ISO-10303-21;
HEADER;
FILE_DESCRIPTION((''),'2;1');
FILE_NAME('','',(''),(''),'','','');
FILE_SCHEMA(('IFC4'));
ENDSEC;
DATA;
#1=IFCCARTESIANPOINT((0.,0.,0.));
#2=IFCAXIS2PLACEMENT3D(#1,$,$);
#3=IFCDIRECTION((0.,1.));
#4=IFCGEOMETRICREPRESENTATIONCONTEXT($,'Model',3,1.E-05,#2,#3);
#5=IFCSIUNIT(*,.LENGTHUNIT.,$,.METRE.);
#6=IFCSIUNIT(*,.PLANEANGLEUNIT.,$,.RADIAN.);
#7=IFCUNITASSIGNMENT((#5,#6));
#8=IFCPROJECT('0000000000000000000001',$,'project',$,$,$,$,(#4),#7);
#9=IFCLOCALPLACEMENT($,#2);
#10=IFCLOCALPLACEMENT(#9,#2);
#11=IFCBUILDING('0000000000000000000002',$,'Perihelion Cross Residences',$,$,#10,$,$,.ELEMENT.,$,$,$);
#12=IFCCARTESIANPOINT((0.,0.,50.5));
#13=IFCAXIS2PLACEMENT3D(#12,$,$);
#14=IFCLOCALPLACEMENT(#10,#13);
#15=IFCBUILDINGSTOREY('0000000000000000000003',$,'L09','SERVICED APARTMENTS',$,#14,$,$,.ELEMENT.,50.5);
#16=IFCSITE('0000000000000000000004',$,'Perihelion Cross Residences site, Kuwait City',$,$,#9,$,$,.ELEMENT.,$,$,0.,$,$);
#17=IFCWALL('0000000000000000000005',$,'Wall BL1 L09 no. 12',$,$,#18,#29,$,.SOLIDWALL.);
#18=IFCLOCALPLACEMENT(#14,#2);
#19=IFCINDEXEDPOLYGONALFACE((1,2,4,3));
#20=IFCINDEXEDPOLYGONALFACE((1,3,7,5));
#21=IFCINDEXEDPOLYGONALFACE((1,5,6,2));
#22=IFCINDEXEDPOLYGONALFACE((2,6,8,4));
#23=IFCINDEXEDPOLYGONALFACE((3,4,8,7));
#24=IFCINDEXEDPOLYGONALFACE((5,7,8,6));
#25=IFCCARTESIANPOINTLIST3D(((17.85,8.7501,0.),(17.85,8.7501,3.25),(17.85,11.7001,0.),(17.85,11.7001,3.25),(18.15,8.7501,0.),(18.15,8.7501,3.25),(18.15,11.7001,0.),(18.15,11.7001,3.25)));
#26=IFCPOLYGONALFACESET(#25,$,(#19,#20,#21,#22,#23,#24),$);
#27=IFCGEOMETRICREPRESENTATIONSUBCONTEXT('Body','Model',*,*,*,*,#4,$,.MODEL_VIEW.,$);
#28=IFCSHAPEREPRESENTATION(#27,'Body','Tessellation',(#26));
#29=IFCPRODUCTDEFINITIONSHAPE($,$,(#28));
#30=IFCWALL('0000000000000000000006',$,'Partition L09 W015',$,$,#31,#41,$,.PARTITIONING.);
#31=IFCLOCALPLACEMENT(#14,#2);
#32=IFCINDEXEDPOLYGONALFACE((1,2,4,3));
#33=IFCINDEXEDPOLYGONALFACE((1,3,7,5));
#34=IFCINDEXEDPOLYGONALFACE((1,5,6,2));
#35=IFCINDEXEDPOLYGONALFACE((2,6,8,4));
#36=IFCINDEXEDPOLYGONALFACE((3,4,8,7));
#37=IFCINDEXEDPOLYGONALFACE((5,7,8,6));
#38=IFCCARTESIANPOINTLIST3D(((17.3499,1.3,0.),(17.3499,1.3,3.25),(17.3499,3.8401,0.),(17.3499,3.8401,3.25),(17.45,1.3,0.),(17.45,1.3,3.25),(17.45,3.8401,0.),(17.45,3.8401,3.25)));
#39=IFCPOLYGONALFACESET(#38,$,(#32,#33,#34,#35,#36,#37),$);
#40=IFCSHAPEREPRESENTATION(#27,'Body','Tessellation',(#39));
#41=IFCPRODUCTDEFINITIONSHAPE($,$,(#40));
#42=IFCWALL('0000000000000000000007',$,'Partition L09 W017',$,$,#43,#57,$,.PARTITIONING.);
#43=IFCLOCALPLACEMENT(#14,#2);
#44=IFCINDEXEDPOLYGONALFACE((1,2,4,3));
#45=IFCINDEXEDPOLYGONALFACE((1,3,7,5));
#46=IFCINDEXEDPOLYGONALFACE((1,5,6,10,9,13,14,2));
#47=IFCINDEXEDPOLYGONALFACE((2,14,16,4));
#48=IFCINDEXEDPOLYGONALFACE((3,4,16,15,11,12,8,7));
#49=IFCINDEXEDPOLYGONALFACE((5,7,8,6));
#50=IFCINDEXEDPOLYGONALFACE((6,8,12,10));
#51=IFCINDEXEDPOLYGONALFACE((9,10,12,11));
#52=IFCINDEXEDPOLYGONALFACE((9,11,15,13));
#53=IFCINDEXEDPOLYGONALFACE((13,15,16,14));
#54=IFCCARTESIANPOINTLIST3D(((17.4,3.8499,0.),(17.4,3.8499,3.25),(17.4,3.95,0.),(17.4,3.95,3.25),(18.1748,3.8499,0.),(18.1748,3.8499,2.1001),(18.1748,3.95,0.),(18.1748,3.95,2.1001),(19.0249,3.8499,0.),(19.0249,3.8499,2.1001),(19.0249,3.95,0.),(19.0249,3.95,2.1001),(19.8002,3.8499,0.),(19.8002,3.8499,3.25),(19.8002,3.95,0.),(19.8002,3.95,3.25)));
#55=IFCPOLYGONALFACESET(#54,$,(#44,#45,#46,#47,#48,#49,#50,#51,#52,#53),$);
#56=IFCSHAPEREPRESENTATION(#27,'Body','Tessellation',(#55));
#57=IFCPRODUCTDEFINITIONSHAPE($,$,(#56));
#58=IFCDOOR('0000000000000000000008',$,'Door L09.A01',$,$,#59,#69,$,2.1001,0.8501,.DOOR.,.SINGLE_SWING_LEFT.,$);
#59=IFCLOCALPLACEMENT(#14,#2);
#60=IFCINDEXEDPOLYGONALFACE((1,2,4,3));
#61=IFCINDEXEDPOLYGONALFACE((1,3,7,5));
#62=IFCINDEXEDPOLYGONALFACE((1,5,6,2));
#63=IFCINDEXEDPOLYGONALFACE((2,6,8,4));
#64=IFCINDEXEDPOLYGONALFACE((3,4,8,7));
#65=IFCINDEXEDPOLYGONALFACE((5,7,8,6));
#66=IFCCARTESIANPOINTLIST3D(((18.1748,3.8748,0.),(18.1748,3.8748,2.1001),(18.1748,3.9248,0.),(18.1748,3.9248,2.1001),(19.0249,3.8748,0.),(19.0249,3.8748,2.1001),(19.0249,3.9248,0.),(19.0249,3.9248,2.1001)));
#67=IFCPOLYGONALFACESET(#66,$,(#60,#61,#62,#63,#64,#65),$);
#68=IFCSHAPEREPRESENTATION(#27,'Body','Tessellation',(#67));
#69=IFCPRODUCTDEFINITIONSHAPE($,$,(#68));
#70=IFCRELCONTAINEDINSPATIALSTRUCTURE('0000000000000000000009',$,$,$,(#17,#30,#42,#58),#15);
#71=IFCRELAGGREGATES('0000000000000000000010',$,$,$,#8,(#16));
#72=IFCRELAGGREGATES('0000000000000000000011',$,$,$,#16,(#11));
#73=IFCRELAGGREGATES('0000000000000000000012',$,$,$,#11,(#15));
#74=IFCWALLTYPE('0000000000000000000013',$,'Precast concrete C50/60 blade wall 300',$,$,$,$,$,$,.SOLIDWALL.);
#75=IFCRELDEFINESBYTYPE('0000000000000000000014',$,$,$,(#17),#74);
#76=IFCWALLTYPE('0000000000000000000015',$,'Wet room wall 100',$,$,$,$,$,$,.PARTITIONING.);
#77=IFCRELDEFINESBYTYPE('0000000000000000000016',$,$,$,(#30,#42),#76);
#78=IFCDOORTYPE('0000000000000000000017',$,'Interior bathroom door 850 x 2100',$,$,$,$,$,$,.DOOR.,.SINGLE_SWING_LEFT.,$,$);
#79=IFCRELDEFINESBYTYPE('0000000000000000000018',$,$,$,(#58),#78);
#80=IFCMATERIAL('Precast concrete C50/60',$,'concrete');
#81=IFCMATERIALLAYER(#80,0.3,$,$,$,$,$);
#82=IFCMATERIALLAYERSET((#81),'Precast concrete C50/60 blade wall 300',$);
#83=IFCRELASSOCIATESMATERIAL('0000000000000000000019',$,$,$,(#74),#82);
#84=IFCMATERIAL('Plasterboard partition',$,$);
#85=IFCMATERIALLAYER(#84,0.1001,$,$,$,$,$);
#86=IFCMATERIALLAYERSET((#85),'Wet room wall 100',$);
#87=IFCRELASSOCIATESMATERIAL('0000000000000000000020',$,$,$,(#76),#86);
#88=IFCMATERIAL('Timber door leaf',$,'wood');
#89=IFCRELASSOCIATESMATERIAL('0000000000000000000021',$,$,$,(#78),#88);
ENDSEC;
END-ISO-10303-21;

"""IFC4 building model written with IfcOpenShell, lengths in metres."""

from ifc_helpers import new_model, si_unit, direction, frame, frame_2d, origin, place, context, subcontext, project, spatial, rectangle, extrude, material, layer, layer_set, type_object, element, fill, save


model = new_model("IFC4")

# Units and contexts
model_context = context("Model", 3, precision=1e-05, world=origin(), true_north=direction((0.0, 1.0)))
body_context = subcontext(model_context, "Body", "Model", "MODEL_VIEW")
ifc_project = project(units=[si_unit("LENGTHUNIT", "METRE"), si_unit("PLANEANGLEUNIT", "RADIAN")], contexts=[model_context])

# Site, building, storey
site_placement = place(None, origin())
site = spatial("IfcSite", under=ifc_project, at=site_placement, Name="Perihelion Cross Residences site, Kuwait City", CompositionType="ELEMENT", RefElevation=0.0)
building_placement = place(site_placement, origin())
building = spatial("IfcBuilding", under=site, at=building_placement, Name="Perihelion Cross Residences", CompositionType="ELEMENT")
storey_placement = place(building_placement, frame((0.0, 0.0, 50.5)))
storey = spatial("IfcBuildingStorey", under=building, at=storey_placement, Name="L09", Description="SERVICED APARTMENTS", CompositionType="ELEMENT", Elevation=50.5)

# Walls
ifc_material_1 = material(Name="Precast concrete C50/60", Category="concrete")
ifc_layer_1 = layer(ifc_material_1, 0.3)
ifc_layer_set_1 = layer_set([ifc_layer_1], Name="Precast concrete C50/60 blade wall 300")
wall_type_1 = type_object("IfcWallType", Name="Precast concrete C50/60 blade wall 300", PredefinedType="SOLIDWALL", material=ifc_layer_set_1)
wall_1_placement = place(storey_placement, frame((18.0, 8.75, 0.0), z_axis=(0.0, 0.0, 1.0), x_axis=(0.0, 1.0, 0.0)))
element("IfcWall", 1, at=wall_1_placement, inside=storey, type_object=wall_type_1, Name="Wall BL1 L09 no. 12", PredefinedType="SOLIDWALL", context=body_context, shape_type="SweptSolid", body=[
    extrude(rectangle(XDim=2.95, YDim=0.3, at=frame_2d((1.4751, 0.0))), origin(), (0.0, 0.0, 1.0), 3.25),
])
ifc_material_2 = material(Name="Plasterboard partition")
ifc_layer_2 = layer(ifc_material_2, 0.1001)
ifc_layer_set_2 = layer_set([ifc_layer_2], Name="Wet room wall 100")
wall_type_2 = type_object("IfcWallType", Name="Wet room wall 100", PredefinedType="PARTITIONING", material=ifc_layer_set_2)
wall_2_placement = place(storey_placement, frame((17.3999, 3.8401, 0.0), z_axis=(0.0, 0.0, 1.0), x_axis=(0.0, -1.0, 0.0)))
element("IfcWall", 2, at=wall_2_placement, inside=storey, type_object=wall_type_2, Name="Partition L09 W015", PredefinedType="PARTITIONING", context=body_context, shape_type="SweptSolid", body=[
    extrude(rectangle(XDim=2.54, YDim=0.1001, at=frame_2d((1.27, 0.0))), origin(), (0.0, 0.0, 1.0), 3.25),
])

# Wall, opening, door
wall_3_placement = place(storey_placement, frame((17.3999, 3.8999, 0.0), z_axis=(0.0, 0.0, 1.0), x_axis=(1.0, 0.0, 0.0)))
wall_3 = element("IfcWall", 3, at=wall_3_placement, inside=storey, type_object=wall_type_2, Name="Partition L09 W017", PredefinedType="PARTITIONING", context=body_context, shape_type="SweptSolid", body=[
    extrude(rectangle(XDim=2.4001, YDim=0.1001, at=frame_2d((1.2002, 0.0))), origin(), (0.0, 0.0, 1.0), 3.25),
])
opening_1_placement = place(wall_3_placement, frame((0.7749, 0.0, 0.0)))
opening_1 = element("IfcOpeningElement", 4, at=opening_1_placement, cuts=wall_3, PredefinedType="OPENING", context=body_context, shape_type="SweptSolid", body=[
    extrude(rectangle(XDim=0.8501, YDim=2.1001, at=frame_2d((0.425, 1.05))), frame((0.0, 0.0601, 0.0), z_axis=(0.0, -1.0, 0.0), x_axis=(1.0, 0.0, 0.0)), (0.0, 0.0, 1.0), 0.1201),
])
ifc_material_3 = material(Name="Timber door leaf", Category="wood")
door_type_1 = type_object("IfcDoorType", Name="Interior bathroom door 850 x 2100", OperationType="SINGLE_SWING_LEFT", PredefinedType="DOOR", material=ifc_material_3)
door_1_placement = place(opening_1_placement, origin())
door_1 = element("IfcDoor", 5, at=door_1_placement, inside=storey, type_object=door_type_1, Name="Door L09.A01", OperationType="SINGLE_SWING_LEFT", OverallHeight=2.1001, OverallWidth=0.8501, PredefinedType="DOOR", context=body_context, shape_type="SweptSolid", body=[
    extrude(rectangle(XDim=0.8501, YDim=2.1001, at=frame_2d((0.425, 1.05))), frame((0.0, 0.0249, 0.0), z_axis=(0.0, -1.0, 0.0), x_axis=(1.0, 0.0, 0.0)), (0.0, 0.0, 1.0), 0.05),
])
fill(opening_1, door_1)

save(model, "model.ifc")
